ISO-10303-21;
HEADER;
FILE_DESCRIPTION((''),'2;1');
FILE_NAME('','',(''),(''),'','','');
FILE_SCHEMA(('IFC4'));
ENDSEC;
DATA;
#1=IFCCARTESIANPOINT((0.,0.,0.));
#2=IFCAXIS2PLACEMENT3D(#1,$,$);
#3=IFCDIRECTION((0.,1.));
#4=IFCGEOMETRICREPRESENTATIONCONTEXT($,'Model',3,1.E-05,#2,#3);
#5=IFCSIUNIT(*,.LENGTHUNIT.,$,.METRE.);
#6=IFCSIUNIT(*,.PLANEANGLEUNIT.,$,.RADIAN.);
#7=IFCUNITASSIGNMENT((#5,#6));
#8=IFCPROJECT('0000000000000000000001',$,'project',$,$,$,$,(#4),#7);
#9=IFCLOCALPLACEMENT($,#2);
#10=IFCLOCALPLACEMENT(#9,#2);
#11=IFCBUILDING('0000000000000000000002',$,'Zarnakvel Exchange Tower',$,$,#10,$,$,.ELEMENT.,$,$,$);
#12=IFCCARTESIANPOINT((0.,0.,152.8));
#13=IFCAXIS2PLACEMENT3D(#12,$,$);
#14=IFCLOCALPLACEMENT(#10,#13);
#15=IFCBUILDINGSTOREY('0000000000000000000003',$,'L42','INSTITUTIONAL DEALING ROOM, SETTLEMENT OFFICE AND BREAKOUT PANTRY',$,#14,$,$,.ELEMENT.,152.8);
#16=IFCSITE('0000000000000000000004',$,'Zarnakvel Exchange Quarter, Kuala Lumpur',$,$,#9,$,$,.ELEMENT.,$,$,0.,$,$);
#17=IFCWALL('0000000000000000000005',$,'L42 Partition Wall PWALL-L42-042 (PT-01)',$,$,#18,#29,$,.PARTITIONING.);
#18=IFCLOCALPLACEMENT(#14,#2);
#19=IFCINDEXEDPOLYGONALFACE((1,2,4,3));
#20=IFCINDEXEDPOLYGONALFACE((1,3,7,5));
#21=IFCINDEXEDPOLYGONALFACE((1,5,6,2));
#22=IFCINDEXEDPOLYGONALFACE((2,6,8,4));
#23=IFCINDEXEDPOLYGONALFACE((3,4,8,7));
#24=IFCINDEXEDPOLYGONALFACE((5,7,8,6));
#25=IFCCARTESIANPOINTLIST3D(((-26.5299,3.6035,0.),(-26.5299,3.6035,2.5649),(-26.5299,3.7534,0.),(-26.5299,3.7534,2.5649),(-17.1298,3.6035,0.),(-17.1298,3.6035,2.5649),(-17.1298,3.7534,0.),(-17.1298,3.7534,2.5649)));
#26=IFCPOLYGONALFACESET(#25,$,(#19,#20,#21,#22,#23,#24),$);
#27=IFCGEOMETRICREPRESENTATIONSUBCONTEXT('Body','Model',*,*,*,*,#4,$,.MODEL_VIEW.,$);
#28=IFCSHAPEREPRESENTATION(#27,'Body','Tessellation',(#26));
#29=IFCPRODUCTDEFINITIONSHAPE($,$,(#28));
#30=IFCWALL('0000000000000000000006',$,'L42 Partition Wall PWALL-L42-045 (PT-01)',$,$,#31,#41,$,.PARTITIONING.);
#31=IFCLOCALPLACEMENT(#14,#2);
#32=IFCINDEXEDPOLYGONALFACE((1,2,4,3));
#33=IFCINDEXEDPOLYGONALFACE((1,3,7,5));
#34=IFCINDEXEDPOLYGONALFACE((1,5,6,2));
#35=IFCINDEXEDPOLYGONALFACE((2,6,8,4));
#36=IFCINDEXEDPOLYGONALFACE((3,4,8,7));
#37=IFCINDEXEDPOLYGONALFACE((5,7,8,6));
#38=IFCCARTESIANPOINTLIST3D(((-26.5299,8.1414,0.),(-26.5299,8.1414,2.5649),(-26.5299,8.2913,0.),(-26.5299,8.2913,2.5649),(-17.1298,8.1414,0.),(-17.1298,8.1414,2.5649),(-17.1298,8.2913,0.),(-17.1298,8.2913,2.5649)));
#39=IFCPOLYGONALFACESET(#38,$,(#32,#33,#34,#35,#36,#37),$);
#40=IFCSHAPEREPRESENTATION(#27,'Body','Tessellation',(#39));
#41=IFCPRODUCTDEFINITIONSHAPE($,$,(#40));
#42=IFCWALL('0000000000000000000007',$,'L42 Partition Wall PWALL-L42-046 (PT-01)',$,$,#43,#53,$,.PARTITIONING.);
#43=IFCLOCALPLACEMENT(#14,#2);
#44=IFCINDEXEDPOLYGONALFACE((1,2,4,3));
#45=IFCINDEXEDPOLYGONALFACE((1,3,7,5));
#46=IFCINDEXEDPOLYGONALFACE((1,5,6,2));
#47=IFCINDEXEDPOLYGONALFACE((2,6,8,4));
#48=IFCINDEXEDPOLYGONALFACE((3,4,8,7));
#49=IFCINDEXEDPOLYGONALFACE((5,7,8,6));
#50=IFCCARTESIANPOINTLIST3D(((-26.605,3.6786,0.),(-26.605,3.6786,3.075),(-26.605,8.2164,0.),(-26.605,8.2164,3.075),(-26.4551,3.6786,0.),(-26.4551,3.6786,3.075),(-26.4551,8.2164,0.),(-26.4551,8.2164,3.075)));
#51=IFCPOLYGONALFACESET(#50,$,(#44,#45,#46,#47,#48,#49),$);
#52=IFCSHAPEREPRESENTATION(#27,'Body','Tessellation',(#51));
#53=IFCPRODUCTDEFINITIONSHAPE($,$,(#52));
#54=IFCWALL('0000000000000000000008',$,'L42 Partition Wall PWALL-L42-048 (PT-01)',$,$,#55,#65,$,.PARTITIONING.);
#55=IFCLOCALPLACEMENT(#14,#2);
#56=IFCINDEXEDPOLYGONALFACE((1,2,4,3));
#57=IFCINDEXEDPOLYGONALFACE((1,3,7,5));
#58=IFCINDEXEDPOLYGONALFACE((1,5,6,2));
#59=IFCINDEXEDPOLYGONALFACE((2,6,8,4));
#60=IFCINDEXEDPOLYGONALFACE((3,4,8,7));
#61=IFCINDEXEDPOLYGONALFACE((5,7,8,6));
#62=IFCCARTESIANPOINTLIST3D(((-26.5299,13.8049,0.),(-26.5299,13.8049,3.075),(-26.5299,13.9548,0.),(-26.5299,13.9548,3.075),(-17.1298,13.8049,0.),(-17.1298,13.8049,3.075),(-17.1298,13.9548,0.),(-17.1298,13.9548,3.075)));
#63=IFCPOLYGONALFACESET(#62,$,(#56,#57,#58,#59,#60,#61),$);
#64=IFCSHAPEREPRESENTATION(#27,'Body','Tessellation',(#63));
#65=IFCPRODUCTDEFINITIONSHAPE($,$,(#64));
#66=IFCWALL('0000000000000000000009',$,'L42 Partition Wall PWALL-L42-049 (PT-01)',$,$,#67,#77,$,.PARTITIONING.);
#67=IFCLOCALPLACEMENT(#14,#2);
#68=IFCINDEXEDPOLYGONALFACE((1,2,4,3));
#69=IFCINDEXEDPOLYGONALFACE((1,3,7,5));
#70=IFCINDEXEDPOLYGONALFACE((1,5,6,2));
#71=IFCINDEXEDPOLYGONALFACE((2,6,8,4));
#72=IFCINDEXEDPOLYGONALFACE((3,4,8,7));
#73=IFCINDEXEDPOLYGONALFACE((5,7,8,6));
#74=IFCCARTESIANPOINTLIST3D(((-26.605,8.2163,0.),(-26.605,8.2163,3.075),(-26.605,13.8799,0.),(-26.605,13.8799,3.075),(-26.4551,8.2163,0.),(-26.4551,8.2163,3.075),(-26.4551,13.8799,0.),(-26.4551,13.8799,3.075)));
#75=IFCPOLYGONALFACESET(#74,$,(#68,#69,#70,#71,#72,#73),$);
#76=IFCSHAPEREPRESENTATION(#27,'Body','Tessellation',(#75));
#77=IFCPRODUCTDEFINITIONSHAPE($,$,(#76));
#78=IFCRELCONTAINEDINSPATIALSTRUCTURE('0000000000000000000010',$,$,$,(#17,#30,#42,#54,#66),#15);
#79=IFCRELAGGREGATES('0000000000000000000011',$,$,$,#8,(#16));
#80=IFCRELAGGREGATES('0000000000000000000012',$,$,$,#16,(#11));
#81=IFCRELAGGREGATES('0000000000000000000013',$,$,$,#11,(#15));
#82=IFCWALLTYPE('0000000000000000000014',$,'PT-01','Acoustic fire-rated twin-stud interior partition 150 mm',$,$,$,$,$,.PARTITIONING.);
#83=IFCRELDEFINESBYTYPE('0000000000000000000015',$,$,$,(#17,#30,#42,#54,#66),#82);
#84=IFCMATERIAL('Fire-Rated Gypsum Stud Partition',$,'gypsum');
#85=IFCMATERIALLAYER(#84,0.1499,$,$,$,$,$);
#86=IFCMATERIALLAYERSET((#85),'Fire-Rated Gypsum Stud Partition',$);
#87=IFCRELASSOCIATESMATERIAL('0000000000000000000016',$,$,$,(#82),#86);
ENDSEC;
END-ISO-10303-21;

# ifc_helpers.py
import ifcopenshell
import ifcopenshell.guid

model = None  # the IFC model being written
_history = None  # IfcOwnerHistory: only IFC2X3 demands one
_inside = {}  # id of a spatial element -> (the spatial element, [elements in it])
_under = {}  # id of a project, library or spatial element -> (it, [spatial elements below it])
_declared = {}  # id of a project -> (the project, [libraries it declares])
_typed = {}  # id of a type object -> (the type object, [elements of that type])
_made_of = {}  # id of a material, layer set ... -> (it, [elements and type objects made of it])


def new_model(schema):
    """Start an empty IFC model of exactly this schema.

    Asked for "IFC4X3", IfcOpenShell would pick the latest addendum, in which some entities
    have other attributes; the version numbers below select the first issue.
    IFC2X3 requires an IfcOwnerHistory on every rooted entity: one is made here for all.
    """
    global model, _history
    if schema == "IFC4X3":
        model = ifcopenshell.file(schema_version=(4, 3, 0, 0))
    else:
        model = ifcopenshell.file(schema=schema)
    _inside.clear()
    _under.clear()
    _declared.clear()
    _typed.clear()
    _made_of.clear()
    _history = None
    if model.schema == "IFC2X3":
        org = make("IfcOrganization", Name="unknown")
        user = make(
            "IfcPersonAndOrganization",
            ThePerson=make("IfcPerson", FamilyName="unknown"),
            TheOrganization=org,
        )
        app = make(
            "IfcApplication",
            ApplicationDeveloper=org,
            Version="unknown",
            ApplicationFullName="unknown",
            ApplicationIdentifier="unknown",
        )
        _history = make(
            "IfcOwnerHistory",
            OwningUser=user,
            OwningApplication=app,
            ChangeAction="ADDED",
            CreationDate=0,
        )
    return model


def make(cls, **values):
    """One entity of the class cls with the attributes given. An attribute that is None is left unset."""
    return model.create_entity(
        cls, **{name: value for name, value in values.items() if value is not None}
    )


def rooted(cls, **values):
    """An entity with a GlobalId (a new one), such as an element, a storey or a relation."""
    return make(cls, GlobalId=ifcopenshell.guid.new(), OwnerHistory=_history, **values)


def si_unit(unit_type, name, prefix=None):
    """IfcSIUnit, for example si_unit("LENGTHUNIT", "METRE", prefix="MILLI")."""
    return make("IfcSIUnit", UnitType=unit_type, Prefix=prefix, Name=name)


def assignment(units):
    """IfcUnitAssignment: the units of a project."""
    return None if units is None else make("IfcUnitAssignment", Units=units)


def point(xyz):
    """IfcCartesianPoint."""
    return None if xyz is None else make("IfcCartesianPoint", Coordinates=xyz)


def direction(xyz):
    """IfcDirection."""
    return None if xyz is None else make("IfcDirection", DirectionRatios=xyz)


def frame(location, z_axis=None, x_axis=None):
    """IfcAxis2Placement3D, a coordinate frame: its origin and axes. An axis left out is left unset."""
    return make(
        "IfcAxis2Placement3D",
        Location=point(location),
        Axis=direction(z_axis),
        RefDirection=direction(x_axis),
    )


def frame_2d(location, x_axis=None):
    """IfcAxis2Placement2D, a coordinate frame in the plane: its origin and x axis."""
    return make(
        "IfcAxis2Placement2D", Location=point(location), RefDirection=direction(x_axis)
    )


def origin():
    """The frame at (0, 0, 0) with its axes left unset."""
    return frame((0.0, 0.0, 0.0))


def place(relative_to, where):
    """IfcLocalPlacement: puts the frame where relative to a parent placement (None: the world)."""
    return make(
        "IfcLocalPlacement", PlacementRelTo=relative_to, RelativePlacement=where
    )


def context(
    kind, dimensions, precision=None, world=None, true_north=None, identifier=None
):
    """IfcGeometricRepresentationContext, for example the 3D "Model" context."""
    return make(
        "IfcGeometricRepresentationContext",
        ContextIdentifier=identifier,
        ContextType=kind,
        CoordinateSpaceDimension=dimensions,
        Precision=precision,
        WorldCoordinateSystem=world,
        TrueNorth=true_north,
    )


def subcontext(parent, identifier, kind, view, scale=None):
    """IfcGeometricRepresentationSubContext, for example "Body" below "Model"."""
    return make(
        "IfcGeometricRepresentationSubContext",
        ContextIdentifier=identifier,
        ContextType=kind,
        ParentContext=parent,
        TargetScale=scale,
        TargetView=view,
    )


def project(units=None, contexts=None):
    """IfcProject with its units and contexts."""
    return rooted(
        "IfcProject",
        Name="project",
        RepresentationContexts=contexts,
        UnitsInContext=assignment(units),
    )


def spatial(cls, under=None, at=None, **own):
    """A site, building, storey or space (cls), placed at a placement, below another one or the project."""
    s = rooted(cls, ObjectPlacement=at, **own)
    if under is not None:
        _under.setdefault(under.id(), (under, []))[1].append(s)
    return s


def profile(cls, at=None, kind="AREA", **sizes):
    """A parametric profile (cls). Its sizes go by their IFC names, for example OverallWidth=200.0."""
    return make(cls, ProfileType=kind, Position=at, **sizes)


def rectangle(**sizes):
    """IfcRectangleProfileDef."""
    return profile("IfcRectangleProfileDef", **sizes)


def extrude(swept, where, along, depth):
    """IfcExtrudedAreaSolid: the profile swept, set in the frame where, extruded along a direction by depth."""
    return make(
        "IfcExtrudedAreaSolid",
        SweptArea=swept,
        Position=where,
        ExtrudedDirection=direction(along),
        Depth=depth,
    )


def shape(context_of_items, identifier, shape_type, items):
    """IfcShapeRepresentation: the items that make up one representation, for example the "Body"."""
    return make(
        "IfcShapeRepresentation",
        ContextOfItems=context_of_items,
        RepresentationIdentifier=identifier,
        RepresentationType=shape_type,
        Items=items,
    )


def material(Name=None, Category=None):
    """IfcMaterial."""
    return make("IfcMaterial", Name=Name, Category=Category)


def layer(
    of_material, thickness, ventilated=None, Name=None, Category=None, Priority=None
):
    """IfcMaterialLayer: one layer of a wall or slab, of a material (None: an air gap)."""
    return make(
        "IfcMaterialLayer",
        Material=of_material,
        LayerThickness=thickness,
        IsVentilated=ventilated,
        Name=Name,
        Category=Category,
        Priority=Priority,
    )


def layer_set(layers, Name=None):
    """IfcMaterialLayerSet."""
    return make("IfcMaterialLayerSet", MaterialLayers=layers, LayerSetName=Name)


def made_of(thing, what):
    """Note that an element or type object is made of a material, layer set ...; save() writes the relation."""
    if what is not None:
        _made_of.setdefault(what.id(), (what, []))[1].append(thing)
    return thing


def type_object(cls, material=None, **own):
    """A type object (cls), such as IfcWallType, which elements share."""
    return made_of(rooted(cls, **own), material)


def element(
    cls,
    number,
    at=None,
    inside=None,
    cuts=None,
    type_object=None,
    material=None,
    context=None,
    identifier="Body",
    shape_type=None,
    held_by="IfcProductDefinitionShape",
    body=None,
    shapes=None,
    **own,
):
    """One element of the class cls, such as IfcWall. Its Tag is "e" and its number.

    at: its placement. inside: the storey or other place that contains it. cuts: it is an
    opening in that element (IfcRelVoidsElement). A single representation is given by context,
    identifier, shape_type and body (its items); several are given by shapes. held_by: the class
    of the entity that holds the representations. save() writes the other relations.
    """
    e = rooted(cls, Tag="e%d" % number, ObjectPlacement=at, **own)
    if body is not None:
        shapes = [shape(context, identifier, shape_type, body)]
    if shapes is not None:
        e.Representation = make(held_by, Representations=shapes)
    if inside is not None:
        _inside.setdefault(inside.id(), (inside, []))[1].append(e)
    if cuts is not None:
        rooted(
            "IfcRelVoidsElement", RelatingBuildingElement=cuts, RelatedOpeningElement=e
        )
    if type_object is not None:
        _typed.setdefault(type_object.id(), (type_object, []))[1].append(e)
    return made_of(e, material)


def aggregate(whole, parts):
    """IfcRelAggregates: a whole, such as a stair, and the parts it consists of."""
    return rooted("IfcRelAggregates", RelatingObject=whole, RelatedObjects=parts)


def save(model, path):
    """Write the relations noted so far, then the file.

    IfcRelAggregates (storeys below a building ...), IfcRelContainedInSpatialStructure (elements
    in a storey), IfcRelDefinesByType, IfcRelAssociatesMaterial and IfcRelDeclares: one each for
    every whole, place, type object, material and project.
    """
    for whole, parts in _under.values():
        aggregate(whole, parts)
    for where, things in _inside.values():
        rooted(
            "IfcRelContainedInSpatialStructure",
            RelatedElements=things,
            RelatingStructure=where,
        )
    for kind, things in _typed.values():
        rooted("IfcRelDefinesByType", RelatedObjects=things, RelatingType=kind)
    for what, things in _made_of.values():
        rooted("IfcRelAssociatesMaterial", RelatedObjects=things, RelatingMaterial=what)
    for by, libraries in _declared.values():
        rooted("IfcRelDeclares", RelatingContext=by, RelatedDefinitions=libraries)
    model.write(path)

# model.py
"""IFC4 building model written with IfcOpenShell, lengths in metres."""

from ifc_helpers import new_model, si_unit, direction, frame, frame_2d, origin, place, context, subcontext, project, spatial, rectangle, extrude, material, layer, layer_set, type_object, element, save


model = new_model("IFC4")

# Units and contexts
model_context = context("Model", 3, precision=1e-05, world=origin(), true_north=direction((0.0, 1.0)))
body_context = subcontext(model_context, "Body", "Model", "MODEL_VIEW")
ifc_project = project(units=[si_unit("LENGTHUNIT", "METRE"), si_unit("PLANEANGLEUNIT", "RADIAN")], contexts=[model_context])

# Site, building, storey
site_placement = place(None, origin())
site = spatial("IfcSite", under=ifc_project, at=site_placement, Name="Zarnakvel Exchange Quarter, Kuala Lumpur", CompositionType="ELEMENT", RefElevation=0.0)
building_placement = place(site_placement, origin())
building = spatial("IfcBuilding", under=site, at=building_placement, Name="Zarnakvel Exchange Tower", CompositionType="ELEMENT")
storey_placement = place(building_placement, frame((0.0, 0.0, 152.8)))
storey = spatial("IfcBuildingStorey", under=building, at=storey_placement, Name="L42", Description="INSTITUTIONAL DEALING ROOM, SETTLEMENT OFFICE AND BREAKOUT PANTRY", CompositionType="ELEMENT", Elevation=152.8)

# Walls
ifc_material_1 = material(Name="Fire-Rated Gypsum Stud Partition", Category="gypsum")
ifc_layer_1 = layer(ifc_material_1, 0.1499)
ifc_layer_set_1 = layer_set([ifc_layer_1], Name="Fire-Rated Gypsum Stud Partition")
wall_type_1 = type_object("IfcWallType", Name="PT-01", Description="Acoustic fire-rated twin-stud interior partition 150 mm", PredefinedType="PARTITIONING", material=ifc_layer_set_1)
for number, where, z_axis, x_axis, name in (
    (1, (-26.53, 3.6785, 0.0), (0.0, 0.0, 1.0), (1.0, 0.0, 0.0), "L42 Partition Wall PWALL-L42-042 (PT-01)"),
    (2, (-26.53, 8.2163, 0.0), (0.0, 0.0, 1.0), (1.0, 0.0, 0.0), "L42 Partition Wall PWALL-L42-045 (PT-01)"),
):
    element("IfcWall", number, at=place(storey_placement, frame(where, z_axis=z_axis, x_axis=x_axis)), inside=storey, type_object=wall_type_1, Name=name, PredefinedType="PARTITIONING", context=body_context, shape_type="SweptSolid", body=[
        extrude(rectangle(XDim=9.4001, YDim=0.1499, at=frame_2d((4.7002, 0.0))), origin(), (0.0, 0.0, 1.0), 2.5649),
    ])
wall_1_placement = place(storey_placement, frame((-26.53, 3.6785, 0.0), z_axis=(0.0, 0.0, 1.0), x_axis=(0.0, 1.0, 0.0)))
element("IfcWall", 3, at=wall_1_placement, inside=storey, type_object=wall_type_1, Name="L42 Partition Wall PWALL-L42-046 (PT-01)", PredefinedType="PARTITIONING", context=body_context, shape_type="SweptSolid", body=[
    extrude(rectangle(XDim=4.5378, YDim=0.1499, at=frame_2d((2.269, 0.0))), origin(), (0.0, 0.0, 1.0), 3.075),
])
wall_2_placement = place(storey_placement, frame((-26.53, 13.8799, 0.0), z_axis=(0.0, 0.0, 1.0), x_axis=(1.0, 0.0, 0.0)))
element("IfcWall", 4, at=wall_2_placement, inside=storey, type_object=wall_type_1, Name="L42 Partition Wall PWALL-L42-048 (PT-01)", PredefinedType="PARTITIONING", context=body_context, shape_type="SweptSolid", body=[
    extrude(rectangle(XDim=9.4001, YDim=0.1499, at=frame_2d((4.7002, 0.0))), origin(), (0.0, 0.0, 1.0), 3.075),
])
wall_3_placement = place(storey_placement, frame((-26.53, 8.2163, 0.0), z_axis=(0.0, 0.0, 1.0), x_axis=(0.0, 1.0, 0.0)))
element("IfcWall", 5, at=wall_3_placement, inside=storey, type_object=wall_type_1, Name="L42 Partition Wall PWALL-L42-049 (PT-01)", PredefinedType="PARTITIONING", context=body_context, shape_type="SweptSolid", body=[
    extrude(rectangle(XDim=5.6636, YDim=0.1499, at=frame_2d((2.8318, 0.0))), origin(), (0.0, 0.0, 1.0), 3.075),
])

save(model, "model.ifc")
